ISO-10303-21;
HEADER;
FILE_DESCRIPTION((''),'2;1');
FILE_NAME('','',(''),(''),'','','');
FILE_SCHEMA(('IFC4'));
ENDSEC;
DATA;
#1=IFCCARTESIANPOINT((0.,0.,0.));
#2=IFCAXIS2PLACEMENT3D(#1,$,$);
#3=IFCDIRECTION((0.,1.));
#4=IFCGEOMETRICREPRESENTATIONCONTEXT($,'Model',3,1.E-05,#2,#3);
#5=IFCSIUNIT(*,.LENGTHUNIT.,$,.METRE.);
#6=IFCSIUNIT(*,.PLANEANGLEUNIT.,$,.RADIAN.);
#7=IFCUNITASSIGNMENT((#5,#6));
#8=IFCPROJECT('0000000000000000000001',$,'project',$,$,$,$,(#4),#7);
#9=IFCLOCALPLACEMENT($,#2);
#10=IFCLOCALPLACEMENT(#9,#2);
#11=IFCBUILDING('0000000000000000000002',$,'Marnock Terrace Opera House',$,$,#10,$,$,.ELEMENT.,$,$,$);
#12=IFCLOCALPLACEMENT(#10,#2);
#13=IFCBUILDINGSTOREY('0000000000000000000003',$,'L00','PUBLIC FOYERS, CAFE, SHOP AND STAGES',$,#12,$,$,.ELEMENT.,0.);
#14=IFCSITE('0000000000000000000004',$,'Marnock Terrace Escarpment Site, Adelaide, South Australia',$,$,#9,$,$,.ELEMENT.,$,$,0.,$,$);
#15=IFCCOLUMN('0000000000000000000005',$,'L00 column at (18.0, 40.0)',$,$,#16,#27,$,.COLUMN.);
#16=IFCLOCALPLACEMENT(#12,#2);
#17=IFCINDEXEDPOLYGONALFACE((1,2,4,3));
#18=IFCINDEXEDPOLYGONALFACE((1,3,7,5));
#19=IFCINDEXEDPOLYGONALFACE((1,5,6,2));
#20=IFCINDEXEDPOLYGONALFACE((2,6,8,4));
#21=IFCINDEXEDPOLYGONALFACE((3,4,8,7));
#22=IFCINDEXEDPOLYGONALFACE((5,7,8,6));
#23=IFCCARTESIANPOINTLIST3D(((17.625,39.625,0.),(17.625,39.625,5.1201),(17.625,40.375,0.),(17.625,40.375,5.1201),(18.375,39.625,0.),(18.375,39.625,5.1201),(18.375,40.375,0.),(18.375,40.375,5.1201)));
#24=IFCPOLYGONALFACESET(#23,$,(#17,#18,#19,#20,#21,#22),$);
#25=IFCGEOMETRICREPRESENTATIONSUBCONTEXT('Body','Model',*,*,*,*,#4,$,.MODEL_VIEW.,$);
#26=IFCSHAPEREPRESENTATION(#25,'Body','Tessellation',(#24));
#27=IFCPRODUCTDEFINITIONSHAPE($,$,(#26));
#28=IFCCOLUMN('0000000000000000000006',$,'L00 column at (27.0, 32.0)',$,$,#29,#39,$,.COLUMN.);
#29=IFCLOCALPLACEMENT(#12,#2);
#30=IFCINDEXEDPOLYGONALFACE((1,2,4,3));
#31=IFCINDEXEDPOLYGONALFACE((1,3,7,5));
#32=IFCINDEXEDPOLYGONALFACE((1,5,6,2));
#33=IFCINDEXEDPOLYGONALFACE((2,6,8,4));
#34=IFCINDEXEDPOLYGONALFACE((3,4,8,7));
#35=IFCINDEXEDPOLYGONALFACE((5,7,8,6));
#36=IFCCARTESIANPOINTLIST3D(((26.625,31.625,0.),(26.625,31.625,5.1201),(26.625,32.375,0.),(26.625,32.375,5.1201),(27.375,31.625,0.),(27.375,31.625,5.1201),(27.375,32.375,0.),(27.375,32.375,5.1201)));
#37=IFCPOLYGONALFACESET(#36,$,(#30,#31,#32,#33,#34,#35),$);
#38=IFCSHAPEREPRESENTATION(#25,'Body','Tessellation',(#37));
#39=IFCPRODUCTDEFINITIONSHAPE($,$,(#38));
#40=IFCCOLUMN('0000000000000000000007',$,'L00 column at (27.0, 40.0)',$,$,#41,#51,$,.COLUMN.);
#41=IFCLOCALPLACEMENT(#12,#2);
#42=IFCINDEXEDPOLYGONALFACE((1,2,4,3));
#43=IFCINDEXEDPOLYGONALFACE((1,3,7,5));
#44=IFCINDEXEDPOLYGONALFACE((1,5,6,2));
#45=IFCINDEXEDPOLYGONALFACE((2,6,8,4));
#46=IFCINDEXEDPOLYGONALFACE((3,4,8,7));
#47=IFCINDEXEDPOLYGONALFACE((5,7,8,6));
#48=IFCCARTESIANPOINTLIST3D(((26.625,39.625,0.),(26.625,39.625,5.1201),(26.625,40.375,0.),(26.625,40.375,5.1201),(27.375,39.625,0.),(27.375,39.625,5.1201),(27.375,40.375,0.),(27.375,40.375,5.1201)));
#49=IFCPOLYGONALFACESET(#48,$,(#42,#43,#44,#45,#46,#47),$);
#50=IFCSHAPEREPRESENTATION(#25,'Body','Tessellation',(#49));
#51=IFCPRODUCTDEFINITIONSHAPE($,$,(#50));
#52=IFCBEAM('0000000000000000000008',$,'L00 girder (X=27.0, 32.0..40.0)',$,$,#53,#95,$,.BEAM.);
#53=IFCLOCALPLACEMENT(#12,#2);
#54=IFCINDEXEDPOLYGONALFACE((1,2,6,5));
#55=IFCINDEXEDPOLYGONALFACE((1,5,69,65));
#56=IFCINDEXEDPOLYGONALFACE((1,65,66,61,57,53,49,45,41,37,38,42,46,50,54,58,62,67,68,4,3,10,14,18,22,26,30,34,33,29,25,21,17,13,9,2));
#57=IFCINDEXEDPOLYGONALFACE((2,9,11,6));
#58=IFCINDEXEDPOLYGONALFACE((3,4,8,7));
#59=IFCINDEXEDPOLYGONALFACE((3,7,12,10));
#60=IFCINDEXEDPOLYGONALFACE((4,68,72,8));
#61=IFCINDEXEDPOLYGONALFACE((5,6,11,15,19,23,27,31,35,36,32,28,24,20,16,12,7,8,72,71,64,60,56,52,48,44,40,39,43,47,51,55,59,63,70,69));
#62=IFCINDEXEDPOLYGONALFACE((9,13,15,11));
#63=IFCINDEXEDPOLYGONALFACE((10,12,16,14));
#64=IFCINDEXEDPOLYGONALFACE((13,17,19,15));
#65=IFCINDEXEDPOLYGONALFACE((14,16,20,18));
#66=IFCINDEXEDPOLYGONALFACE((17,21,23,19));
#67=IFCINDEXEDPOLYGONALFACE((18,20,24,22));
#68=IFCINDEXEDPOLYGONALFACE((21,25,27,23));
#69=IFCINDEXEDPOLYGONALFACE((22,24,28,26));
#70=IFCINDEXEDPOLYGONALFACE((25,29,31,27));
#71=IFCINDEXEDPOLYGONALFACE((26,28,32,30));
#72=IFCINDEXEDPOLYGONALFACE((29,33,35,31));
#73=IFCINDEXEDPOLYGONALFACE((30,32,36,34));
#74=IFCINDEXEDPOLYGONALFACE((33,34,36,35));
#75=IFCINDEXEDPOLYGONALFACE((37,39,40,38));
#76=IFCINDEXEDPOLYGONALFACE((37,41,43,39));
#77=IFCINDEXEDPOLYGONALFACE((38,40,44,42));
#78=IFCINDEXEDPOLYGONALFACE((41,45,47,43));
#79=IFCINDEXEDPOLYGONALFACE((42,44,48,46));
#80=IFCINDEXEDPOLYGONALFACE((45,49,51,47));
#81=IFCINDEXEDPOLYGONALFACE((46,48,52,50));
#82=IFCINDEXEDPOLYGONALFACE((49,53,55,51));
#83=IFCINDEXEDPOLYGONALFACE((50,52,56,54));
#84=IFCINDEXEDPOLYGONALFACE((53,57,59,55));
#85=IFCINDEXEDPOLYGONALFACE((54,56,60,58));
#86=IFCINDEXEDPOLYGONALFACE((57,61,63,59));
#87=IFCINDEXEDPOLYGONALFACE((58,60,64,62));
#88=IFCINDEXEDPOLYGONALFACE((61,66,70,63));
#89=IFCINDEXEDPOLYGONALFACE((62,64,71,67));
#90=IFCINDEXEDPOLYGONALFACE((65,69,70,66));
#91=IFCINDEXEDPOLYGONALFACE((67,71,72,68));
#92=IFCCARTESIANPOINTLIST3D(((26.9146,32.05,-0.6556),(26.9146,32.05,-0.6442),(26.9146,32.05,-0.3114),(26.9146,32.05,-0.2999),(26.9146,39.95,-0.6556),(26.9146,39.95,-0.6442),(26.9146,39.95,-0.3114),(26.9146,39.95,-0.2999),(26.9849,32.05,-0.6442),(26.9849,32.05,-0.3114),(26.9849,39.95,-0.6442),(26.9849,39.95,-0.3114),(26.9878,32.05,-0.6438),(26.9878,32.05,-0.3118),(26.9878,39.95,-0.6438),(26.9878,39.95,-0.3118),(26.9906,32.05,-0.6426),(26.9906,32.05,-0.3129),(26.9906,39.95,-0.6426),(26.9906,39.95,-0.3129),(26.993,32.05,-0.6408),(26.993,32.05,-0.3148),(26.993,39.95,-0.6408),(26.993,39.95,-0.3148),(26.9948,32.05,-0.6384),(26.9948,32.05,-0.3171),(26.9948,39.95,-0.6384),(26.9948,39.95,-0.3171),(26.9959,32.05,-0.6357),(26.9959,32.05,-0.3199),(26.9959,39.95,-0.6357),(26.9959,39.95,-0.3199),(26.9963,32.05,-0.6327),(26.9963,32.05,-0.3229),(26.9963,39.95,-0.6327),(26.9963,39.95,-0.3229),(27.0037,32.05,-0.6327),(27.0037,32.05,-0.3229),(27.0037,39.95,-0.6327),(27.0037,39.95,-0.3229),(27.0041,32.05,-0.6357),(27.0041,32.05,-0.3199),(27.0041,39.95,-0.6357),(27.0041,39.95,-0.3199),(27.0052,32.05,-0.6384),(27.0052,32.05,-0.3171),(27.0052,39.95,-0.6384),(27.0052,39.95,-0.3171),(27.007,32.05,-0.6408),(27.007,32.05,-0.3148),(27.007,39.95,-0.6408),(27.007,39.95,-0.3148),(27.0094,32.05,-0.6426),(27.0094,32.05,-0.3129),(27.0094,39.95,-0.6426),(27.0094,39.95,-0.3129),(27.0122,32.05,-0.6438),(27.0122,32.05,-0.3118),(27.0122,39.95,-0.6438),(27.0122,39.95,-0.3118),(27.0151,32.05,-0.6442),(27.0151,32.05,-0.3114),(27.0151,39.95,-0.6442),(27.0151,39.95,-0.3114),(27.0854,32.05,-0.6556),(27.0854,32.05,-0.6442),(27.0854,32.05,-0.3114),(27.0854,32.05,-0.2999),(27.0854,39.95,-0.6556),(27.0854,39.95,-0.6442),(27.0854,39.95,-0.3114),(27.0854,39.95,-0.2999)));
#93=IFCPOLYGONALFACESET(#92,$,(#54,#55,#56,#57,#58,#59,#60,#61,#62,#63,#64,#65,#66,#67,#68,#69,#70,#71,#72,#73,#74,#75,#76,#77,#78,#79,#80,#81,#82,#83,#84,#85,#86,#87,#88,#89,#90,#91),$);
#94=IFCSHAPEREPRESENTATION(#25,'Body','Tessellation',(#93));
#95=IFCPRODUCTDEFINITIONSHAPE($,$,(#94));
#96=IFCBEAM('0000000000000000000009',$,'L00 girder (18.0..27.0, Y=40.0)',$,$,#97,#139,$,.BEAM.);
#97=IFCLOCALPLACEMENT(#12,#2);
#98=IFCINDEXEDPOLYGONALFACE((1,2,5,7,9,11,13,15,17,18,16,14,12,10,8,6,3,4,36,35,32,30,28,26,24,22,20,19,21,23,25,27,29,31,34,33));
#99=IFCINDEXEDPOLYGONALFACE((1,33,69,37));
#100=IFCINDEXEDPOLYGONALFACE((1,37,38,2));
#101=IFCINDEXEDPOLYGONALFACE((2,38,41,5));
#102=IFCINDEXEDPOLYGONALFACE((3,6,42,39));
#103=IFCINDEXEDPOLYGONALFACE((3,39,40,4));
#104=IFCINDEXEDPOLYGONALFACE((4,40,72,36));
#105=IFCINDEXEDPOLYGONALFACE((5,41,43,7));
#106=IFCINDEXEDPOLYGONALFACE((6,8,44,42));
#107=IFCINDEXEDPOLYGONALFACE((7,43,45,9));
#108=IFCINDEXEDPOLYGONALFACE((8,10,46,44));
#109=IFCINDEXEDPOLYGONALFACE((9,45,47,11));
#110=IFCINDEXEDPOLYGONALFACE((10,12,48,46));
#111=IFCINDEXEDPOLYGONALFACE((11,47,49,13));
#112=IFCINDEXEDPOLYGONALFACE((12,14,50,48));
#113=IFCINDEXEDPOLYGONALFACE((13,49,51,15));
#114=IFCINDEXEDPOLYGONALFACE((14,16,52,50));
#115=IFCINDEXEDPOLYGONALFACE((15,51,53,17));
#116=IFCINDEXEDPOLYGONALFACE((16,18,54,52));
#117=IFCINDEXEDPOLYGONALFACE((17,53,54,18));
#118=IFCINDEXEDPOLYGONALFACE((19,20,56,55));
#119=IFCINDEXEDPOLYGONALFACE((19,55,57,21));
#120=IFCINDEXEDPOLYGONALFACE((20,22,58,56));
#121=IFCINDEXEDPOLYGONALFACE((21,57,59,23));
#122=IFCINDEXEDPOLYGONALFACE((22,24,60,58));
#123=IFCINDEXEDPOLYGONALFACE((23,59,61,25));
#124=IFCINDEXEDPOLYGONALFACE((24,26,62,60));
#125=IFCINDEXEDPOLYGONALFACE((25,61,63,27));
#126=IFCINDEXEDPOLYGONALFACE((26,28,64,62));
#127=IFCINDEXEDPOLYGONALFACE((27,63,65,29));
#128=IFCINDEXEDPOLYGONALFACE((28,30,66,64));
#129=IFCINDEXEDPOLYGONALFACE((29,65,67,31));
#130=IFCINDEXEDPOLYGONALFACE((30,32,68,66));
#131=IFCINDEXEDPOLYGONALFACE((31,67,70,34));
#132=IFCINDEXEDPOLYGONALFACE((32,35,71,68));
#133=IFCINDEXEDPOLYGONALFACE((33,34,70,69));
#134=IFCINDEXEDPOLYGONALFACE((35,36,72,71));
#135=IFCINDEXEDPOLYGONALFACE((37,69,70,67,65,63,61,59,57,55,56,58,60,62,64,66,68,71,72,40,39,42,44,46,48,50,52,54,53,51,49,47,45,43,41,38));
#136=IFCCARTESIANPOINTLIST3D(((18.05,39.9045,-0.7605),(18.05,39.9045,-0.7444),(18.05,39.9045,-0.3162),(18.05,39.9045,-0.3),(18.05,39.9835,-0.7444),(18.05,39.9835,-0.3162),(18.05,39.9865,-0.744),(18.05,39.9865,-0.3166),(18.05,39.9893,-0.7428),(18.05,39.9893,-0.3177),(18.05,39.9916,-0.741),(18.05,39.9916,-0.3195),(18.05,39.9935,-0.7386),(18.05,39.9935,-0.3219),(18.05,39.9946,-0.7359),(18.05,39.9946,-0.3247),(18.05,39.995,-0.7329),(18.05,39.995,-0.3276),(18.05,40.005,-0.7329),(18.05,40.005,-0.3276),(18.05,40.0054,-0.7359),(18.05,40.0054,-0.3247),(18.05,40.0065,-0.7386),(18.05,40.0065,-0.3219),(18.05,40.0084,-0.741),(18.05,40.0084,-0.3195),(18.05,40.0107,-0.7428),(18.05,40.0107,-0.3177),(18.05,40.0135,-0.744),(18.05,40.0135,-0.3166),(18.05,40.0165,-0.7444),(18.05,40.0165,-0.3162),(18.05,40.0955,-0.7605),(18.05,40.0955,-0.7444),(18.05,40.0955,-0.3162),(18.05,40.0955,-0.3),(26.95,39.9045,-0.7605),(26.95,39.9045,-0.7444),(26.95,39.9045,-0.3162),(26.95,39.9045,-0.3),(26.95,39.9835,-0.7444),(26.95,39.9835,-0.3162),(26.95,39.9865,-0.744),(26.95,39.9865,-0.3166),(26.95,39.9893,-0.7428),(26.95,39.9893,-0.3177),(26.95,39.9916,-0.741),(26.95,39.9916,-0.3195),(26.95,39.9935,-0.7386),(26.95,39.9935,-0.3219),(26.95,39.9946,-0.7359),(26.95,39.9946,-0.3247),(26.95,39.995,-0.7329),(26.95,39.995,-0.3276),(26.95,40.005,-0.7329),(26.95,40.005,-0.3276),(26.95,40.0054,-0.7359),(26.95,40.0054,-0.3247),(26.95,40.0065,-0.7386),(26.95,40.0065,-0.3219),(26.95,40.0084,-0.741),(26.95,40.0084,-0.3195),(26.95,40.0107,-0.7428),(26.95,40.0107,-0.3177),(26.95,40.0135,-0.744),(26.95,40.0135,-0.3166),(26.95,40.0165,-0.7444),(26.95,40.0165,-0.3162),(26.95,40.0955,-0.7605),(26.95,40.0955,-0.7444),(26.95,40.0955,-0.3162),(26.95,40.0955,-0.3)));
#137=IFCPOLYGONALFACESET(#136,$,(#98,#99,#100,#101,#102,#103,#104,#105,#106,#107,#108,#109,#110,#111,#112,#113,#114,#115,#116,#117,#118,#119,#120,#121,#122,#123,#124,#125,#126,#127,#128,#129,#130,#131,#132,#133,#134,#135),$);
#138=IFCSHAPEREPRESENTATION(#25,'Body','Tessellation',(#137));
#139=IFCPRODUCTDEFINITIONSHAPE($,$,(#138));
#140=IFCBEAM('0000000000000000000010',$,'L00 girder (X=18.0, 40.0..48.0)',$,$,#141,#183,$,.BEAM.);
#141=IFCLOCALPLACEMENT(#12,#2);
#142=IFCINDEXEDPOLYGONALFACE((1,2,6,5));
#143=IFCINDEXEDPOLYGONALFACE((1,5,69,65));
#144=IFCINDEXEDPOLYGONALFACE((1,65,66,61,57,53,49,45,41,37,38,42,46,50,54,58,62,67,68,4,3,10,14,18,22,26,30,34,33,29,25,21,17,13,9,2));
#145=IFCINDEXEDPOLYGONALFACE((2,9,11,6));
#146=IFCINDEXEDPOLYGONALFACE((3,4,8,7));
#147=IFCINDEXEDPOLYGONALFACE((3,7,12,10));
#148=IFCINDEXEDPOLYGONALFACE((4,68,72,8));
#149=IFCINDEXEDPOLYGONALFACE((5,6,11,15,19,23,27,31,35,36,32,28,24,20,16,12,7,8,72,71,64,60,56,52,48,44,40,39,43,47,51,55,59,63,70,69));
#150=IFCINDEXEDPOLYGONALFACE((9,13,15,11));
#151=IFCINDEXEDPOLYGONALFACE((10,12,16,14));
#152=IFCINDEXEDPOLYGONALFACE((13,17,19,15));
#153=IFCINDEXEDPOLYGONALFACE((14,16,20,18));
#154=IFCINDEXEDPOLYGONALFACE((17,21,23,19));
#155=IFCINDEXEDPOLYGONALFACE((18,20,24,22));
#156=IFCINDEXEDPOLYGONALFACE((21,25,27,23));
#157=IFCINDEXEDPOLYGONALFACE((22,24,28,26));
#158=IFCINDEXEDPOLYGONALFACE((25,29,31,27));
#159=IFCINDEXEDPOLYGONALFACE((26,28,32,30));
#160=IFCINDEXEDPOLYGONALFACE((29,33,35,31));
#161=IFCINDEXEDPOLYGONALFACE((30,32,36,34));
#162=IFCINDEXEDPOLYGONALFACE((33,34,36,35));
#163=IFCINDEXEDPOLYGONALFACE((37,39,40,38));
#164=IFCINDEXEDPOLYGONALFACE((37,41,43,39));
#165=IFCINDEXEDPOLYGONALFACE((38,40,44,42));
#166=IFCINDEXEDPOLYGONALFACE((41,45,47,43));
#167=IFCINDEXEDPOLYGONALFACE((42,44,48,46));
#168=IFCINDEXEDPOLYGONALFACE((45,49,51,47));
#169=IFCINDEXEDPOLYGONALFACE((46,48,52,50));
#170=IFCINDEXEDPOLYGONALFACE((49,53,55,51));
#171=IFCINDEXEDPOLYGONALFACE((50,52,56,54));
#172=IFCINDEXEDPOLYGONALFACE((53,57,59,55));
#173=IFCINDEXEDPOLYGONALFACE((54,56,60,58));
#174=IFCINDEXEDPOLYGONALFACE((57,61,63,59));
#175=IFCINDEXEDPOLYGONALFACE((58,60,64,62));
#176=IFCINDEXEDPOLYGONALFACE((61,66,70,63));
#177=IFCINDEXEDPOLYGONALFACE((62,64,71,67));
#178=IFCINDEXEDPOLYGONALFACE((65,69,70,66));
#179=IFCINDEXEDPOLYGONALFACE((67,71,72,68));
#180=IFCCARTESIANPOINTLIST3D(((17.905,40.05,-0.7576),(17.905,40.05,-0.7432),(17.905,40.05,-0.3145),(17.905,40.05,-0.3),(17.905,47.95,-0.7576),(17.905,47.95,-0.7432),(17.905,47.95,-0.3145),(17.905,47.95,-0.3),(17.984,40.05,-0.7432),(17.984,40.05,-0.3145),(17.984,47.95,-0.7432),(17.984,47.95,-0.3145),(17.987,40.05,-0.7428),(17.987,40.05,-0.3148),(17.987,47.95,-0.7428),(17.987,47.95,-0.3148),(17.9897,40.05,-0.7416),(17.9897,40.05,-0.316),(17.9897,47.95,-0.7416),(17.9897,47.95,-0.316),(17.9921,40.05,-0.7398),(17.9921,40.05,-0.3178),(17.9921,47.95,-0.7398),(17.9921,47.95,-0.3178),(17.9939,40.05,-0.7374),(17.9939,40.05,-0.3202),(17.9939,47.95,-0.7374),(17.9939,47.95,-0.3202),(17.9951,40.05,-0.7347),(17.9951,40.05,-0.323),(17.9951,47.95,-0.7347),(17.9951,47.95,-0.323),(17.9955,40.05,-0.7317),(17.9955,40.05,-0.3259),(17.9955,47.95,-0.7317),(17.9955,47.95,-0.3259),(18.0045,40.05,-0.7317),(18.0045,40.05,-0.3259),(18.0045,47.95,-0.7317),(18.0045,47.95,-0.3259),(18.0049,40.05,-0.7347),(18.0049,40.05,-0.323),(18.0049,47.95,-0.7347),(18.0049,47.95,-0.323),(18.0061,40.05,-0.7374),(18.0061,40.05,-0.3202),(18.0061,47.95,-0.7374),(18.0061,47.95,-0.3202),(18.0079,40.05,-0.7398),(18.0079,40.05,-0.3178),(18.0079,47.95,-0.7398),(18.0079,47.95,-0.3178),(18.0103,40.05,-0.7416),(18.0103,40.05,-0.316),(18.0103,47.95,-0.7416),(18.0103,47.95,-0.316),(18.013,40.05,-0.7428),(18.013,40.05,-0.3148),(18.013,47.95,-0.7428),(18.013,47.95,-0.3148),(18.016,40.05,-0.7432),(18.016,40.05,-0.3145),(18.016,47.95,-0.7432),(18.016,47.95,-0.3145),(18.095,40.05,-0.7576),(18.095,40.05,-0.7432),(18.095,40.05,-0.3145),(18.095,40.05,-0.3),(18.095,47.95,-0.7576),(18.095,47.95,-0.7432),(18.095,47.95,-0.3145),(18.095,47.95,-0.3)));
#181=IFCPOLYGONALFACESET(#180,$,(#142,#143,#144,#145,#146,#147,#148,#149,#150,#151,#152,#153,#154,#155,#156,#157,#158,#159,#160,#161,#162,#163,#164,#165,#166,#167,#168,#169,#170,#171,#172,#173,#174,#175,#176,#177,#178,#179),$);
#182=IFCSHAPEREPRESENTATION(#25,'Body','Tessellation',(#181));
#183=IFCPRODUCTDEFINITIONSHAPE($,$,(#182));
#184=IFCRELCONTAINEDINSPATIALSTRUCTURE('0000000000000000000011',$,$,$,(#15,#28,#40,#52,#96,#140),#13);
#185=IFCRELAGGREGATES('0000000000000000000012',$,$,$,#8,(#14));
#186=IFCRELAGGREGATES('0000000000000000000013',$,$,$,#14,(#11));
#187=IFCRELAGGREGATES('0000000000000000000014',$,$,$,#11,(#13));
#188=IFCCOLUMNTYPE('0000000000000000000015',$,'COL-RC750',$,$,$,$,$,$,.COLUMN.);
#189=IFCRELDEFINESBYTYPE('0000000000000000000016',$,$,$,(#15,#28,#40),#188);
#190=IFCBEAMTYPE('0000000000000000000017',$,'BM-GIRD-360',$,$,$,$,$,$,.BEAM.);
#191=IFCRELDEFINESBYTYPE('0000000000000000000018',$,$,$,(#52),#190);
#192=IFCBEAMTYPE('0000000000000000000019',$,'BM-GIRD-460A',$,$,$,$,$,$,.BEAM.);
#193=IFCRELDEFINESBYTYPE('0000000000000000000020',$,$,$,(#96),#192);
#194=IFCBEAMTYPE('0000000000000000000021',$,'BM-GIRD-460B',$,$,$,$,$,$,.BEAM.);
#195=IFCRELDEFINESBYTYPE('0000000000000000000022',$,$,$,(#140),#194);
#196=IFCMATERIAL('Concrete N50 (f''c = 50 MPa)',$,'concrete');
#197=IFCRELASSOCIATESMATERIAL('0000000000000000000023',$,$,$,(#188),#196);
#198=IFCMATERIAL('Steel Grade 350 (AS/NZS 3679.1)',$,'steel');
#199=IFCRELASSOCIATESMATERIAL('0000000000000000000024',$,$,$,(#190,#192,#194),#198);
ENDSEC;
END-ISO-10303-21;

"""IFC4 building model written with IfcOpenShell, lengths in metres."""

from ifc_helpers import new_model, si_unit, direction, frame, origin, origin_2d, place, context, subcontext, project, spatial, rectangle, i_section, extrude, material, material_profile, profile_set, type_object, element, save


model = new_model("IFC4")

# Units and contexts
model_context = context("Model", 3, precision=1e-05, world=origin(), true_north=direction((0.0, 1.0)))
body_context = subcontext(model_context, "Body", "Model", "MODEL_VIEW")
ifc_project = project(units=[si_unit("LENGTHUNIT", "METRE"), si_unit("PLANEANGLEUNIT", "RADIAN")], contexts=[model_context])

# Site, building, storey
site_placement = place(None, origin())
site = spatial("IfcSite", under=ifc_project, at=site_placement, Name="Marnock Terrace Escarpment Site, Adelaide, South Australia", CompositionType="ELEMENT", RefElevation=0.0)
building_placement = place(site_placement, origin())
building = spatial("IfcBuilding", under=site, at=building_placement, Name="Marnock Terrace Opera House", CompositionType="ELEMENT")
storey_placement = place(building_placement, origin())
storey = spatial("IfcBuildingStorey", under=building, at=storey_placement, Name="L00", Description="PUBLIC FOYERS, CAFE, SHOP AND STAGES", CompositionType="ELEMENT", Elevation=0.0)

# Columns
ifc_material_1 = material(Name="Concrete N50 (f'c = 50 MPa)", Category="concrete")
ifc_material_profile_1 = material_profile(ifc_material_1, rectangle(XDim=0.75, YDim=0.75, at=origin_2d()))
ifc_profile_set_1 = profile_set([ifc_material_profile_1], Name="Concrete N50 (f'c = 50 MPa)")
column_type = type_object("IfcColumnType", Name="COL-RC750", PredefinedType="COLUMN", material=ifc_profile_set_1)
for number, where, z_axis, x_axis, name in (
    (1, (18.0, 40.0, 0.0), (0.0, 0.0, 1.0), (1.0, 0.0, 0.0), "L00 column at (18.0, 40.0)"),
    (2, (27.0, 32.0, 0.0), (0.0, 0.0, 1.0), (1.0, 0.0, 0.0), "L00 column at (27.0, 32.0)"),
    (3, (27.0, 40.0, 0.0), (0.0, 0.0, 1.0), (1.0, 0.0, 0.0), "L00 column at (27.0, 40.0)"),
):
    element("IfcColumn", number, at=place(storey_placement, frame(where, z_axis=z_axis, x_axis=x_axis)), inside=storey, type_object=column_type, Name=name, PredefinedType="COLUMN", context=body_context, shape_type="SweptSolid", body=[
        extrude(rectangle(XDim=0.75, YDim=0.75, at=origin_2d()), origin(), (0.0, 0.0, 1.0), 5.1201),
    ])

# Beams
ifc_material_2 = material(Name="Steel Grade 350 (AS/NZS 3679.1)", Category="steel")
ifc_material_profile_2 = material_profile(ifc_material_2, i_section(OverallWidth=0.1709, OverallDepth=0.3557, WebThickness=0.0073, FlangeThickness=0.0115, FilletRadius=0.0115, at=origin_2d()))
ifc_profile_set_2 = profile_set([ifc_material_profile_2], Name="Steel Grade 350 (AS/NZS 3679.1)")
beam_type_1 = type_object("IfcBeamType", Name="BM-GIRD-360", PredefinedType="BEAM", material=ifc_profile_set_2)
beam_1_placement = place(storey_placement, frame((27.0, 32.05, -0.4778), z_axis=(0.0, 1.0, 0.0), x_axis=(-1.0, 0.0, 0.0)))
element("IfcBeam", 4, at=beam_1_placement, inside=storey, type_object=beam_type_1, Name="L00 girder (X=27.0, 32.0..40.0)", PredefinedType="BEAM", context=body_context, shape_type="SweptSolid", body=[
    extrude(i_section(OverallWidth=0.1709, OverallDepth=0.3557, WebThickness=0.0073, FlangeThickness=0.0115, FilletRadius=0.0115, at=origin_2d()), origin(), (0.0, 0.0, 1.0), 7.8999),
])
ifc_material_profile_3 = material_profile(ifc_material_2, i_section(OverallWidth=0.1909, OverallDepth=0.4604, WebThickness=0.01, FlangeThickness=0.0161, FilletRadius=0.0115, at=origin_2d()))
ifc_profile_set_3 = profile_set([ifc_material_profile_3], Name="Steel Grade 350 (AS/NZS 3679.1)")
beam_type_2 = type_object("IfcBeamType", Name="BM-GIRD-460A", PredefinedType="BEAM", material=ifc_profile_set_3)
beam_2_placement = place(storey_placement, frame((18.05, 40.0, -0.5303), z_axis=(1.0, 0.0, 0.0), x_axis=(0.0, 1.0, 0.0)))
element("IfcBeam", 5, at=beam_2_placement, inside=storey, type_object=beam_type_2, Name="L00 girder (18.0..27.0, Y=40.0)", PredefinedType="BEAM", context=body_context, shape_type="SweptSolid", body=[
    extrude(i_section(OverallWidth=0.1909, OverallDepth=0.4604, WebThickness=0.01, FlangeThickness=0.0161, FilletRadius=0.0115, at=origin_2d()), origin(), (0.0, 0.0, 1.0), 8.8999),
])
ifc_material_profile_4 = material_profile(ifc_material_2, i_section(OverallWidth=0.1899, OverallDepth=0.4575, WebThickness=0.009, FlangeThickness=0.0144, FilletRadius=0.0115, at=origin_2d()))
ifc_profile_set_4 = profile_set([ifc_material_profile_4], Name="Steel Grade 350 (AS/NZS 3679.1)")
beam_type_3 = type_object("IfcBeamType", Name="BM-GIRD-460B", PredefinedType="BEAM", material=ifc_profile_set_4)
beam_3_placement = place(storey_placement, frame((18.0, 40.05, -0.5288), z_axis=(0.0, 1.0, 0.0), x_axis=(-1.0, 0.0, 0.0)))
element("IfcBeam", 6, at=beam_3_placement, inside=storey, type_object=beam_type_3, Name="L00 girder (X=18.0, 40.0..48.0)", PredefinedType="BEAM", context=body_context, shape_type="SweptSolid", body=[
    extrude(i_section(OverallWidth=0.1899, OverallDepth=0.4575, WebThickness=0.009, FlangeThickness=0.0144, FilletRadius=0.0115, at=origin_2d()), origin(), (0.0, 0.0, 1.0), 7.8999),
])

save(model, "model.ifc")
